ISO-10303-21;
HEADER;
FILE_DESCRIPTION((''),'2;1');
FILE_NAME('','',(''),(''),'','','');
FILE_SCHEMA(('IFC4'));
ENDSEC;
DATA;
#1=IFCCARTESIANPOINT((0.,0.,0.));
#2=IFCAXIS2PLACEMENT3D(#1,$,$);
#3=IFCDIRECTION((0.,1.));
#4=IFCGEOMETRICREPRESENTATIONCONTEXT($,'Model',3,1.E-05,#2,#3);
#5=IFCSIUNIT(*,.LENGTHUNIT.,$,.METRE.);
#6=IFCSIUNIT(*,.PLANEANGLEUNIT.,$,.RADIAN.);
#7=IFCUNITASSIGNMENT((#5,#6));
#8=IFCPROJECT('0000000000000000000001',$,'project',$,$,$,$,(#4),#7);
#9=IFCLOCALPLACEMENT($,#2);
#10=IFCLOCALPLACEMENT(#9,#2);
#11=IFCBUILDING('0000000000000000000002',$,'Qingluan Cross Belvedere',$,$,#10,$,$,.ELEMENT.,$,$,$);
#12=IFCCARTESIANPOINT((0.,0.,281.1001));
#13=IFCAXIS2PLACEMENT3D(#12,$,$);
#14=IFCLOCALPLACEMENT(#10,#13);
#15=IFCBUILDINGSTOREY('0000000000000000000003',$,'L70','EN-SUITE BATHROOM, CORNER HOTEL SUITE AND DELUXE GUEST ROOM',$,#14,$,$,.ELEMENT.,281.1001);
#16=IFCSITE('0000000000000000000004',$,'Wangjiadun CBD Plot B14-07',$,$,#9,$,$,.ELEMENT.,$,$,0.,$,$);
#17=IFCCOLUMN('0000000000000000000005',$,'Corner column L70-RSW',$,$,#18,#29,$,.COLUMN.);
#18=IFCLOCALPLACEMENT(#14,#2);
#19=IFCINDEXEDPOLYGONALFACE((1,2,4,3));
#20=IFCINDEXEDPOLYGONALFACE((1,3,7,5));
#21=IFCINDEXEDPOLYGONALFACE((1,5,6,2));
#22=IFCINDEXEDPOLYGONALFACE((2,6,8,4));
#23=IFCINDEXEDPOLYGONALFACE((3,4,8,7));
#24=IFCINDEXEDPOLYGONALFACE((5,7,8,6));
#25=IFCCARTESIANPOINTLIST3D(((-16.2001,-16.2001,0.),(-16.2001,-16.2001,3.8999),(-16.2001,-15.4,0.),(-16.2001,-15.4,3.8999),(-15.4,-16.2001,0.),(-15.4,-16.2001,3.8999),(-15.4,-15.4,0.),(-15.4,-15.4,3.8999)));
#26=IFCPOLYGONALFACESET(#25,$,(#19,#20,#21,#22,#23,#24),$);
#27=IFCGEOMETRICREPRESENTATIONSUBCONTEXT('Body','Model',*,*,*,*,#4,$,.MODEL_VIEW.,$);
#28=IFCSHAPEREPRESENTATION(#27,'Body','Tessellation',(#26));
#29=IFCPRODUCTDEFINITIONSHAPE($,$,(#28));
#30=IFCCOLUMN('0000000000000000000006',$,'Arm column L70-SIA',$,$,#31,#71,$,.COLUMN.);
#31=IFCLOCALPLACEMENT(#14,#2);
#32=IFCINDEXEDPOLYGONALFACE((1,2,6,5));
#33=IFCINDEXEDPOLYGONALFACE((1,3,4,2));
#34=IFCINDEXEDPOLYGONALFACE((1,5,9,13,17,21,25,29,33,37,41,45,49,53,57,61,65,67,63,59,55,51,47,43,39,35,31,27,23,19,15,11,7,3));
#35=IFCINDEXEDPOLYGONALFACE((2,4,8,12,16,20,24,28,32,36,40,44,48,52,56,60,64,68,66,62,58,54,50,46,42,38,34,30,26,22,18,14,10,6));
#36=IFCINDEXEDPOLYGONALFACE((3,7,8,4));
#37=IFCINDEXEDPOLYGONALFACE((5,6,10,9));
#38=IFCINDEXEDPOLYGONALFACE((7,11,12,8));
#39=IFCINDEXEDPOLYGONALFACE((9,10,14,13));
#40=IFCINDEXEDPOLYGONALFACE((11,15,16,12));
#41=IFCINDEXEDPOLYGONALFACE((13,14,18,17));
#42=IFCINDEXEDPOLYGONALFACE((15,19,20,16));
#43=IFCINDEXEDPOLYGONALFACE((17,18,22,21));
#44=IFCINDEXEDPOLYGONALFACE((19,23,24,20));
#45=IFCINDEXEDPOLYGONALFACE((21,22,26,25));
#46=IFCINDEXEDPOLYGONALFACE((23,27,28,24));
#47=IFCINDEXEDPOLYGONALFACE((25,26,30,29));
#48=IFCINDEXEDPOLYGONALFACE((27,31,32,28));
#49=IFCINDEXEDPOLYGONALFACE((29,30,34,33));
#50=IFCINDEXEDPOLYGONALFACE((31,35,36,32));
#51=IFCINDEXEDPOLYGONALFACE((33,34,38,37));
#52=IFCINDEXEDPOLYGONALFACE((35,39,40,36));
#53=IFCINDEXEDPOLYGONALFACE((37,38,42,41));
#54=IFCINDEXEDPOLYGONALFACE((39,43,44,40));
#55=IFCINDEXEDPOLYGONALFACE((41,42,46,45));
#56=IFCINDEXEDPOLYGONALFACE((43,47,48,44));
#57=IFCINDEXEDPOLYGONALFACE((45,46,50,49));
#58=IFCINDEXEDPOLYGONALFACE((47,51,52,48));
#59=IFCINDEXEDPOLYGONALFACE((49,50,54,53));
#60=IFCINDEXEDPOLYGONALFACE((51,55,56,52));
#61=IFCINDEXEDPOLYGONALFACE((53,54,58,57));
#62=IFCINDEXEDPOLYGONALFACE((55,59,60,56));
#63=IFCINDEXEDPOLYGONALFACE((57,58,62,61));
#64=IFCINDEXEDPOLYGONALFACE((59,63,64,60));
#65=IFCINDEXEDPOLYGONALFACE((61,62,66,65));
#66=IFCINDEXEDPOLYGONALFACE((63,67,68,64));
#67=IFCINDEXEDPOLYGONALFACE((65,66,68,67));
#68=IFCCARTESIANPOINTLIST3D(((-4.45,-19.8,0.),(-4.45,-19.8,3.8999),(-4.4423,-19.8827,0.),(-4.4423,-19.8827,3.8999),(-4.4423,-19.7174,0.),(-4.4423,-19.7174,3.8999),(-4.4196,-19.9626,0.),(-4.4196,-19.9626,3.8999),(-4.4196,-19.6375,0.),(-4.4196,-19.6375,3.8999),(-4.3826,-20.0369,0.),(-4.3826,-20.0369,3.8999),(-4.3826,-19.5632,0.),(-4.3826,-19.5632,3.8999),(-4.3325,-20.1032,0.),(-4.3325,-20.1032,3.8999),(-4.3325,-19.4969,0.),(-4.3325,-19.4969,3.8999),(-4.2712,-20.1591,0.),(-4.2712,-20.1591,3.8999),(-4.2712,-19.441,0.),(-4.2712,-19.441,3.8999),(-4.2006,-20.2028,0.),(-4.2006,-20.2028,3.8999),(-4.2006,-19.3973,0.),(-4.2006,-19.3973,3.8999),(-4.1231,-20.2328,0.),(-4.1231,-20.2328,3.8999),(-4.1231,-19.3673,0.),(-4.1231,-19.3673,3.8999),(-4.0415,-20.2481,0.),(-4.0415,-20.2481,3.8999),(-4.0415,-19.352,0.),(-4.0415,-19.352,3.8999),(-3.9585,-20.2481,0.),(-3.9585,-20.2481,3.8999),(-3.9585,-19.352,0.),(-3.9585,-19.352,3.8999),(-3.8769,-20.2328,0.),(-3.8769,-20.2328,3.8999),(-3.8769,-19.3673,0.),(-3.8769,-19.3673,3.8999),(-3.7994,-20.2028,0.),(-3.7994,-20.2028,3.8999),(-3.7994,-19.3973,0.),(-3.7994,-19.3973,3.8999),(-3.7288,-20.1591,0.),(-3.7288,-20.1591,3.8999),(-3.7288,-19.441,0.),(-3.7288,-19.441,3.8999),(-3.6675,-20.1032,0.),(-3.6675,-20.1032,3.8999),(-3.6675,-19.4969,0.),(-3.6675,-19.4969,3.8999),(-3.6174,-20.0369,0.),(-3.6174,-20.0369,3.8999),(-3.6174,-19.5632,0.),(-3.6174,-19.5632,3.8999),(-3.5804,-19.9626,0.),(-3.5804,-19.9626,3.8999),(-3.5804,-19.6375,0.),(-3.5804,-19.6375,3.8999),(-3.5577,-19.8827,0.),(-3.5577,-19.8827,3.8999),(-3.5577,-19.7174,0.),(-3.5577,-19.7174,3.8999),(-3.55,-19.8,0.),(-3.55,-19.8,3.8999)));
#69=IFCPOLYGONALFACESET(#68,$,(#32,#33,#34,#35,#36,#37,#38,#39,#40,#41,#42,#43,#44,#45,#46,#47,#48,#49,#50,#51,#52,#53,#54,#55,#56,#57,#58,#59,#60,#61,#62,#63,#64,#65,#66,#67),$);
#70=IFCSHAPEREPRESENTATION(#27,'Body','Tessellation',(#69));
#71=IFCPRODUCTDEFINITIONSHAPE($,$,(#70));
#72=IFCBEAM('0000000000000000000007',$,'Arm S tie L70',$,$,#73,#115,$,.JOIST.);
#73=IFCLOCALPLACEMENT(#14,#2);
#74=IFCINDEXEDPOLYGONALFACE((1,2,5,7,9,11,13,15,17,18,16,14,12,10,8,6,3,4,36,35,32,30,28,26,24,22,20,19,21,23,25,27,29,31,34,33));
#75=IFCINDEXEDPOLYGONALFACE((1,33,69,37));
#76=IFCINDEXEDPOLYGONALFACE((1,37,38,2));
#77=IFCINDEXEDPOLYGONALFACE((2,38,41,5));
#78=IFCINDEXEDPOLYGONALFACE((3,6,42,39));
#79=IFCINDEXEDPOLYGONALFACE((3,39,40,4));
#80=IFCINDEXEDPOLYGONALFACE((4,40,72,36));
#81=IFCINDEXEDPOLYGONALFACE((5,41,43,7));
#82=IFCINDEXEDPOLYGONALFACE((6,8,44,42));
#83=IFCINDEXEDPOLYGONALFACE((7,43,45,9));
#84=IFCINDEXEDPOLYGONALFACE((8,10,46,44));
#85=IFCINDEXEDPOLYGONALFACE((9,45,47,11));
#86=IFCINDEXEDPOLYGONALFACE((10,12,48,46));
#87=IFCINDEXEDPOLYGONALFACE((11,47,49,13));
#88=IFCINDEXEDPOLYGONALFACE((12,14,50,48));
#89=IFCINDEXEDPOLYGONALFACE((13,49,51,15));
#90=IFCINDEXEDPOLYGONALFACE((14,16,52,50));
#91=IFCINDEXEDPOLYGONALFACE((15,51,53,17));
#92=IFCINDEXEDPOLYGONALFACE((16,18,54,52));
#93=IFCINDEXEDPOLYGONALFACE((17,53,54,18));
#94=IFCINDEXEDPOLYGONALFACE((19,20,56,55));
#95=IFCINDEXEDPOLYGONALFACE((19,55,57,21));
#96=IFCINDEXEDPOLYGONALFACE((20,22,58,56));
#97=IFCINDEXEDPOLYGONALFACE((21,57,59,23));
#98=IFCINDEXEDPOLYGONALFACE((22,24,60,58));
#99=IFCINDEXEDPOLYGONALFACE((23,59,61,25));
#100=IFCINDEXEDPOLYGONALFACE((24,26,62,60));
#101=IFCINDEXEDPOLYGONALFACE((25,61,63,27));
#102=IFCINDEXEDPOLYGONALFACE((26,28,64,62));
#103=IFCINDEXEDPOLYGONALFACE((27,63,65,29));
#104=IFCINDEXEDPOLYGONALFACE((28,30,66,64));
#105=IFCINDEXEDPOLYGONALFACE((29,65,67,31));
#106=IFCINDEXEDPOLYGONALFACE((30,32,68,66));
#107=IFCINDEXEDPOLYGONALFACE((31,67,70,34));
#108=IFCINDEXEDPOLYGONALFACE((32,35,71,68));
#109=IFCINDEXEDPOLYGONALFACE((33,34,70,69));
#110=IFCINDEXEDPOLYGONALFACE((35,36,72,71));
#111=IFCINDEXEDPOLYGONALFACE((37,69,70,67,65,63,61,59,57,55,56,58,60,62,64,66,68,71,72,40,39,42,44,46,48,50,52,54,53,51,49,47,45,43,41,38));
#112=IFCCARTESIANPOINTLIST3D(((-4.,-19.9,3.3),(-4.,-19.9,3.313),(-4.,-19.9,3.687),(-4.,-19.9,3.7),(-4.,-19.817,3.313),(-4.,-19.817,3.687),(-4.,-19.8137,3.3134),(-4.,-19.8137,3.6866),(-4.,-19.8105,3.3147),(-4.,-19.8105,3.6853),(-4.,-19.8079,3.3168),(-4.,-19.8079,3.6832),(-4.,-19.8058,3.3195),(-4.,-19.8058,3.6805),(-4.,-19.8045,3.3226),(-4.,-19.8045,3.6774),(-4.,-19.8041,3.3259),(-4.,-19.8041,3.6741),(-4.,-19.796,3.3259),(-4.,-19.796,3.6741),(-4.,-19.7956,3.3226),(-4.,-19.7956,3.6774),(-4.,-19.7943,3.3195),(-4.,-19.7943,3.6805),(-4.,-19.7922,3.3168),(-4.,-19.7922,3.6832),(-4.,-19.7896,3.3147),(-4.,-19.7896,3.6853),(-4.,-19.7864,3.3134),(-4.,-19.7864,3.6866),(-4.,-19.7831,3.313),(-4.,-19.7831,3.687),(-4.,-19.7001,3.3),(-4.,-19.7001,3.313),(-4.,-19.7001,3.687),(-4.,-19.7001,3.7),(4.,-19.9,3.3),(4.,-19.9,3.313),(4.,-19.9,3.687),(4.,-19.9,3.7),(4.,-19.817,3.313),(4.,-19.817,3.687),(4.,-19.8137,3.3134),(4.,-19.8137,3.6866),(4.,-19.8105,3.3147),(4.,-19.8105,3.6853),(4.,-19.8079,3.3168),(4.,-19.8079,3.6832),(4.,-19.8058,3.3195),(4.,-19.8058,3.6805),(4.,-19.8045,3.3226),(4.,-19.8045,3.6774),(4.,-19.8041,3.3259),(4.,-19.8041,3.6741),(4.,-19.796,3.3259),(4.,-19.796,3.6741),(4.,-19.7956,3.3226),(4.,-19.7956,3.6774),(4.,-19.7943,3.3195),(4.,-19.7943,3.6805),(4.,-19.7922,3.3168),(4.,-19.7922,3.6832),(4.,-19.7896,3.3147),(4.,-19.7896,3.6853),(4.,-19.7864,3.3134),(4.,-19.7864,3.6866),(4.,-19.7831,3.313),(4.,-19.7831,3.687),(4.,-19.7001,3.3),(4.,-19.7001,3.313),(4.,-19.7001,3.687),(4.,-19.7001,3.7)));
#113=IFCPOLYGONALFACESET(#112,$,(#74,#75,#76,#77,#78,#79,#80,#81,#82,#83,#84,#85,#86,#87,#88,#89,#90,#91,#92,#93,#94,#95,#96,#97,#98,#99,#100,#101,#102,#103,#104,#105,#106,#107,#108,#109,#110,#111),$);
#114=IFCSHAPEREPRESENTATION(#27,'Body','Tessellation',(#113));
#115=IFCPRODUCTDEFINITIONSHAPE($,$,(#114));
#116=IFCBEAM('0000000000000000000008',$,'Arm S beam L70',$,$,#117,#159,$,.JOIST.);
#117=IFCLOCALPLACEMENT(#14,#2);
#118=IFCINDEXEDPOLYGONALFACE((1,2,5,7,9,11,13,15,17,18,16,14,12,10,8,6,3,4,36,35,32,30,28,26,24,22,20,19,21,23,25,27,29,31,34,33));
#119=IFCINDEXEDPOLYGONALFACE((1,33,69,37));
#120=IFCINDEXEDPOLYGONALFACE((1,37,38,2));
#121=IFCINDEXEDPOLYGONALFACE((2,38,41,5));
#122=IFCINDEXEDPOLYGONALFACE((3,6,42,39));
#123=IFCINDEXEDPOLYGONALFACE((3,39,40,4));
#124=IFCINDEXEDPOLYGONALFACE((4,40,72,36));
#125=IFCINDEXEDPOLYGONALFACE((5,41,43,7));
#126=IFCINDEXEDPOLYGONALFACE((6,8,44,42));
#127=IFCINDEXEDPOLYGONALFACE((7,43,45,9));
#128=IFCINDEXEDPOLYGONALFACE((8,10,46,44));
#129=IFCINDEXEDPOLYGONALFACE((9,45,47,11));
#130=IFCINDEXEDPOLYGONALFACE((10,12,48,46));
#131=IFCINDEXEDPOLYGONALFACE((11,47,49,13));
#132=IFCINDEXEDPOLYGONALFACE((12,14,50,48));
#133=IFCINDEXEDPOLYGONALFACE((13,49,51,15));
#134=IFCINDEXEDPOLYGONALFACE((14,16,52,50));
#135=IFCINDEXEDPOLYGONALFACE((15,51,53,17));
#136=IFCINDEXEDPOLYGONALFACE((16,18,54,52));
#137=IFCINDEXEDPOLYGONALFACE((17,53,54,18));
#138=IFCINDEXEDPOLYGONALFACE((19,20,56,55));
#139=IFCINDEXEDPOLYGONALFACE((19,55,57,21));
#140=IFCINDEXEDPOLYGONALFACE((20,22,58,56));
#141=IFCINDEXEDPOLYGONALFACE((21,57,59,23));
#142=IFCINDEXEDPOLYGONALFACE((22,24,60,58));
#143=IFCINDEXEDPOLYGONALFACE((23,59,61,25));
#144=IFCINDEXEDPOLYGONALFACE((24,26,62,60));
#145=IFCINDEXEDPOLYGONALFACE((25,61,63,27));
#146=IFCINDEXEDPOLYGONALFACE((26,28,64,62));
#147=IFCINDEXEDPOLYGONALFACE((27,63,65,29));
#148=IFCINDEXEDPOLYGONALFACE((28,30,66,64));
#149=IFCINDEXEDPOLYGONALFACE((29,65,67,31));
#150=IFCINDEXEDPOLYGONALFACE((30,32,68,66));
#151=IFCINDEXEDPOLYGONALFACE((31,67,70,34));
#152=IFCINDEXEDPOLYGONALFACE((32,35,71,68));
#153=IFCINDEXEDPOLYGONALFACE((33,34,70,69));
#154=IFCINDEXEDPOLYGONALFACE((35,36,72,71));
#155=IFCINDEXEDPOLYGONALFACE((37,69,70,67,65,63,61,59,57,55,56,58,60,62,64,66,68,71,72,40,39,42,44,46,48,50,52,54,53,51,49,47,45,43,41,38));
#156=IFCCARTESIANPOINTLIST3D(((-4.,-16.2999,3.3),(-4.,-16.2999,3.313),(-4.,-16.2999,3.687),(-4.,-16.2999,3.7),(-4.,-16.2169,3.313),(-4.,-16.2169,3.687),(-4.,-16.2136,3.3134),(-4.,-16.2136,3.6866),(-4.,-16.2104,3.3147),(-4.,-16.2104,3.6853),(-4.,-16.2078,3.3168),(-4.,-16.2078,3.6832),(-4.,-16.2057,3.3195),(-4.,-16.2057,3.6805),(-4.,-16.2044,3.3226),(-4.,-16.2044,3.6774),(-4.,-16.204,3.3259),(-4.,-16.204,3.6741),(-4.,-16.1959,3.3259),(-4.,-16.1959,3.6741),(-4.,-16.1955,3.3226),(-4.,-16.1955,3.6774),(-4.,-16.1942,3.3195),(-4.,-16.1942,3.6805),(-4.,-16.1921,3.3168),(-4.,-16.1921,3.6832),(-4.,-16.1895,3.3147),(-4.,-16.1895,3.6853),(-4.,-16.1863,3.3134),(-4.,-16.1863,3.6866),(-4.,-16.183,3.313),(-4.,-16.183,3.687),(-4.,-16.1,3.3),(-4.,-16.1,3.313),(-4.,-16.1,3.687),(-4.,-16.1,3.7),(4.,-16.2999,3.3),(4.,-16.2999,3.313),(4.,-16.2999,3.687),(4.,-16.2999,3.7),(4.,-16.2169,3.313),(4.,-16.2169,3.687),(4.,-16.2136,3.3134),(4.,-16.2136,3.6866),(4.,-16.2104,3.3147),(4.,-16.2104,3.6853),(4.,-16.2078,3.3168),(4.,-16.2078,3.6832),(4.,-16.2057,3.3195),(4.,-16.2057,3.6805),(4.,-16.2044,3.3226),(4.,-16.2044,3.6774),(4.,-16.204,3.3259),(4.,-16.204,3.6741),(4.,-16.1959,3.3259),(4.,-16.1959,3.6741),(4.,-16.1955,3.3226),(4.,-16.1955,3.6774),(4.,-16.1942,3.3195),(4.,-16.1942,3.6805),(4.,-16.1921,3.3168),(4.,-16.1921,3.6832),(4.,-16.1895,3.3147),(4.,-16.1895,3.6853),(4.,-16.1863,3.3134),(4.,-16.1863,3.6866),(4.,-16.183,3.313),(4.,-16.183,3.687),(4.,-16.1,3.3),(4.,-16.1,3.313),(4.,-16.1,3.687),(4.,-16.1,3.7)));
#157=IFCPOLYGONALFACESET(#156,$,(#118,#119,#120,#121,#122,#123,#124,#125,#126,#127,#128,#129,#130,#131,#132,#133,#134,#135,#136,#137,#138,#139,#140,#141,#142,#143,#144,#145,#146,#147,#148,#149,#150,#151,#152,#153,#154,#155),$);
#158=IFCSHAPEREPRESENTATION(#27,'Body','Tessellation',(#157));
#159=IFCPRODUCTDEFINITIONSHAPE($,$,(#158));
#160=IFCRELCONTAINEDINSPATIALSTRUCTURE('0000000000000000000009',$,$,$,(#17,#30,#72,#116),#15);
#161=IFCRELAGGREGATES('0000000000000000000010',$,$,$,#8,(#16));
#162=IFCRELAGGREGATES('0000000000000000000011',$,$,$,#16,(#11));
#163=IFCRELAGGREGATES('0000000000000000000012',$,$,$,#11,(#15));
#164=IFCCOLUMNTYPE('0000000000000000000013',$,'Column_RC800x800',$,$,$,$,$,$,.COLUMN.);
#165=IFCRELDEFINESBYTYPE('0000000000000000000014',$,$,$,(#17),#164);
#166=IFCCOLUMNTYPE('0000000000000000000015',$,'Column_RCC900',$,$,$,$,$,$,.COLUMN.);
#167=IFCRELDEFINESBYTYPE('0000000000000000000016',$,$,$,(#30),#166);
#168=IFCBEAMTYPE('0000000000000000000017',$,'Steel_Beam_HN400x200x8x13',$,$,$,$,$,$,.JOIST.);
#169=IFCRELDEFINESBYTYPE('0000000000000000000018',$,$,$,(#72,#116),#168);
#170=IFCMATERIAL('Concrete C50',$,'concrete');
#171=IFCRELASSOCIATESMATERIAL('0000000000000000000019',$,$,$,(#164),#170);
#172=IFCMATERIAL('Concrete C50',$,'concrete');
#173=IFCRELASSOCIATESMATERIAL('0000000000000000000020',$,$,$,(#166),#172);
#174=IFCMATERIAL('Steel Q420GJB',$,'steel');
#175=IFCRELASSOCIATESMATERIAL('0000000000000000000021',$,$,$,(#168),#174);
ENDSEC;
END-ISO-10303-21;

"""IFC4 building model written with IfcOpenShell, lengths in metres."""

from ifc_helpers import new_model, si_unit, direction, frame, origin, origin_2d, place, context, subcontext, project, spatial, rectangle, circle, i_section, extrude, material, material_profile, profile_set, type_object, element, save


model = new_model("IFC4")

# Units and contexts
model_context = context("Model", 3, precision=1e-05, world=origin(), true_north=direction((0.0, 1.0)))
body_context = subcontext(model_context, "Body", "Model", "MODEL_VIEW")
ifc_project = project(units=[si_unit("LENGTHUNIT", "METRE"), si_unit("PLANEANGLEUNIT", "RADIAN")], contexts=[model_context])

# Site, building, storey
site_placement = place(None, origin())
site = spatial("IfcSite", under=ifc_project, at=site_placement, Name="Wangjiadun CBD Plot B14-07", CompositionType="ELEMENT", RefElevation=0.0)
building_placement = place(site_placement, origin())
building = spatial("IfcBuilding", under=site, at=building_placement, Name="Qingluan Cross Belvedere", CompositionType="ELEMENT")
storey_placement = place(building_placement, frame((0.0, 0.0, 281.1001)))
storey = spatial("IfcBuildingStorey", under=building, at=storey_placement, Name="L70", Description="EN-SUITE BATHROOM, CORNER HOTEL SUITE AND DELUXE GUEST ROOM", CompositionType="ELEMENT", Elevation=281.1001)

# Columns
ifc_material_1 = material(Name="Concrete C50", Category="concrete")
ifc_material_profile_1 = material_profile(ifc_material_1, rectangle(XDim=0.8, YDim=0.8, at=origin_2d()), Name="RC800x800")
ifc_profile_set_1 = profile_set([ifc_material_profile_1], Name="Concrete C50")
column_type_1 = type_object("IfcColumnType", Name="Column_RC800x800", PredefinedType="COLUMN", material=ifc_profile_set_1)
column_1_placement = place(storey_placement, frame((-15.8, -15.8, 0.0), z_axis=(0.0, 0.0, 1.0), x_axis=(1.0, 0.0, 0.0)))
element("IfcColumn", 1, at=column_1_placement, inside=storey, type_object=column_type_1, Name="Corner column L70-RSW", PredefinedType="COLUMN", context=body_context, shape_type="SweptSolid", body=[
    extrude(rectangle(XDim=0.8, YDim=0.8, at=origin_2d()), origin(), (0.0, 0.0, 1.0), 3.8999),
])
ifc_material_2 = material(Name="Concrete C50", Category="concrete")
ifc_material_profile_2 = material_profile(ifc_material_2, circle(Radius=0.45, at=origin_2d()), Name="RCC900")
ifc_profile_set_2 = profile_set([ifc_material_profile_2], Name="Concrete C50")
column_type_2 = type_object("IfcColumnType", Name="Column_RCC900", PredefinedType="COLUMN", material=ifc_profile_set_2)
column_2_placement = place(storey_placement, frame((-4.0, -19.8, 0.0), z_axis=(0.0, 0.0, 1.0), x_axis=(1.0, 0.0, 0.0)))
element("IfcColumn", 2, at=column_2_placement, inside=storey, type_object=column_type_2, Name="Arm column L70-SIA", PredefinedType="COLUMN", context=body_context, shape_type="SweptSolid", body=[
    extrude(circle(Radius=0.45, at=origin_2d()), origin(), (0.0, 0.0, 1.0), 3.8999),
])

# Beams
ifc_material_3 = material(Name="Steel Q420GJB", Category="steel")
ifc_material_profile_3 = material_profile(ifc_material_3, i_section(OverallWidth=0.2, OverallDepth=0.3999, WebThickness=0.0081, FlangeThickness=0.0129, FilletRadius=0.0129, at=origin_2d()), Name="HN400x200x8x13")
ifc_profile_set_3 = profile_set([ifc_material_profile_3], Name="Steel Q420GJB")
beam_type_1 = type_object("IfcBeamType", Name="Steel_Beam_HN400x200x8x13", PredefinedType="JOIST", material=ifc_profile_set_3)
for number, where, z_axis, x_axis, name in (
    (3, (-4.0, -19.8, 3.5), (1.0, 0.0, 0.0), (0.0, 1.0, 0.0), "Arm S tie L70"),
    (4, (-4.0, -16.2, 3.5), (1.0, 0.0, 0.0), (0.0, 1.0, 0.0), "Arm S beam L70"),
):
    element("IfcBeam", number, at=place(storey_placement, frame(where, z_axis=z_axis, x_axis=x_axis)), inside=storey, type_object=beam_type_1, Name=name, PredefinedType="JOIST", context=body_context, shape_type="SweptSolid", body=[
        extrude(i_section(OverallWidth=0.2, OverallDepth=0.3999, WebThickness=0.0081, FlangeThickness=0.0129, FilletRadius=0.0129, at=origin_2d()), origin(), (0.0, 0.0, 1.0), 8.0),
    ])

save(model, "model.ifc")
